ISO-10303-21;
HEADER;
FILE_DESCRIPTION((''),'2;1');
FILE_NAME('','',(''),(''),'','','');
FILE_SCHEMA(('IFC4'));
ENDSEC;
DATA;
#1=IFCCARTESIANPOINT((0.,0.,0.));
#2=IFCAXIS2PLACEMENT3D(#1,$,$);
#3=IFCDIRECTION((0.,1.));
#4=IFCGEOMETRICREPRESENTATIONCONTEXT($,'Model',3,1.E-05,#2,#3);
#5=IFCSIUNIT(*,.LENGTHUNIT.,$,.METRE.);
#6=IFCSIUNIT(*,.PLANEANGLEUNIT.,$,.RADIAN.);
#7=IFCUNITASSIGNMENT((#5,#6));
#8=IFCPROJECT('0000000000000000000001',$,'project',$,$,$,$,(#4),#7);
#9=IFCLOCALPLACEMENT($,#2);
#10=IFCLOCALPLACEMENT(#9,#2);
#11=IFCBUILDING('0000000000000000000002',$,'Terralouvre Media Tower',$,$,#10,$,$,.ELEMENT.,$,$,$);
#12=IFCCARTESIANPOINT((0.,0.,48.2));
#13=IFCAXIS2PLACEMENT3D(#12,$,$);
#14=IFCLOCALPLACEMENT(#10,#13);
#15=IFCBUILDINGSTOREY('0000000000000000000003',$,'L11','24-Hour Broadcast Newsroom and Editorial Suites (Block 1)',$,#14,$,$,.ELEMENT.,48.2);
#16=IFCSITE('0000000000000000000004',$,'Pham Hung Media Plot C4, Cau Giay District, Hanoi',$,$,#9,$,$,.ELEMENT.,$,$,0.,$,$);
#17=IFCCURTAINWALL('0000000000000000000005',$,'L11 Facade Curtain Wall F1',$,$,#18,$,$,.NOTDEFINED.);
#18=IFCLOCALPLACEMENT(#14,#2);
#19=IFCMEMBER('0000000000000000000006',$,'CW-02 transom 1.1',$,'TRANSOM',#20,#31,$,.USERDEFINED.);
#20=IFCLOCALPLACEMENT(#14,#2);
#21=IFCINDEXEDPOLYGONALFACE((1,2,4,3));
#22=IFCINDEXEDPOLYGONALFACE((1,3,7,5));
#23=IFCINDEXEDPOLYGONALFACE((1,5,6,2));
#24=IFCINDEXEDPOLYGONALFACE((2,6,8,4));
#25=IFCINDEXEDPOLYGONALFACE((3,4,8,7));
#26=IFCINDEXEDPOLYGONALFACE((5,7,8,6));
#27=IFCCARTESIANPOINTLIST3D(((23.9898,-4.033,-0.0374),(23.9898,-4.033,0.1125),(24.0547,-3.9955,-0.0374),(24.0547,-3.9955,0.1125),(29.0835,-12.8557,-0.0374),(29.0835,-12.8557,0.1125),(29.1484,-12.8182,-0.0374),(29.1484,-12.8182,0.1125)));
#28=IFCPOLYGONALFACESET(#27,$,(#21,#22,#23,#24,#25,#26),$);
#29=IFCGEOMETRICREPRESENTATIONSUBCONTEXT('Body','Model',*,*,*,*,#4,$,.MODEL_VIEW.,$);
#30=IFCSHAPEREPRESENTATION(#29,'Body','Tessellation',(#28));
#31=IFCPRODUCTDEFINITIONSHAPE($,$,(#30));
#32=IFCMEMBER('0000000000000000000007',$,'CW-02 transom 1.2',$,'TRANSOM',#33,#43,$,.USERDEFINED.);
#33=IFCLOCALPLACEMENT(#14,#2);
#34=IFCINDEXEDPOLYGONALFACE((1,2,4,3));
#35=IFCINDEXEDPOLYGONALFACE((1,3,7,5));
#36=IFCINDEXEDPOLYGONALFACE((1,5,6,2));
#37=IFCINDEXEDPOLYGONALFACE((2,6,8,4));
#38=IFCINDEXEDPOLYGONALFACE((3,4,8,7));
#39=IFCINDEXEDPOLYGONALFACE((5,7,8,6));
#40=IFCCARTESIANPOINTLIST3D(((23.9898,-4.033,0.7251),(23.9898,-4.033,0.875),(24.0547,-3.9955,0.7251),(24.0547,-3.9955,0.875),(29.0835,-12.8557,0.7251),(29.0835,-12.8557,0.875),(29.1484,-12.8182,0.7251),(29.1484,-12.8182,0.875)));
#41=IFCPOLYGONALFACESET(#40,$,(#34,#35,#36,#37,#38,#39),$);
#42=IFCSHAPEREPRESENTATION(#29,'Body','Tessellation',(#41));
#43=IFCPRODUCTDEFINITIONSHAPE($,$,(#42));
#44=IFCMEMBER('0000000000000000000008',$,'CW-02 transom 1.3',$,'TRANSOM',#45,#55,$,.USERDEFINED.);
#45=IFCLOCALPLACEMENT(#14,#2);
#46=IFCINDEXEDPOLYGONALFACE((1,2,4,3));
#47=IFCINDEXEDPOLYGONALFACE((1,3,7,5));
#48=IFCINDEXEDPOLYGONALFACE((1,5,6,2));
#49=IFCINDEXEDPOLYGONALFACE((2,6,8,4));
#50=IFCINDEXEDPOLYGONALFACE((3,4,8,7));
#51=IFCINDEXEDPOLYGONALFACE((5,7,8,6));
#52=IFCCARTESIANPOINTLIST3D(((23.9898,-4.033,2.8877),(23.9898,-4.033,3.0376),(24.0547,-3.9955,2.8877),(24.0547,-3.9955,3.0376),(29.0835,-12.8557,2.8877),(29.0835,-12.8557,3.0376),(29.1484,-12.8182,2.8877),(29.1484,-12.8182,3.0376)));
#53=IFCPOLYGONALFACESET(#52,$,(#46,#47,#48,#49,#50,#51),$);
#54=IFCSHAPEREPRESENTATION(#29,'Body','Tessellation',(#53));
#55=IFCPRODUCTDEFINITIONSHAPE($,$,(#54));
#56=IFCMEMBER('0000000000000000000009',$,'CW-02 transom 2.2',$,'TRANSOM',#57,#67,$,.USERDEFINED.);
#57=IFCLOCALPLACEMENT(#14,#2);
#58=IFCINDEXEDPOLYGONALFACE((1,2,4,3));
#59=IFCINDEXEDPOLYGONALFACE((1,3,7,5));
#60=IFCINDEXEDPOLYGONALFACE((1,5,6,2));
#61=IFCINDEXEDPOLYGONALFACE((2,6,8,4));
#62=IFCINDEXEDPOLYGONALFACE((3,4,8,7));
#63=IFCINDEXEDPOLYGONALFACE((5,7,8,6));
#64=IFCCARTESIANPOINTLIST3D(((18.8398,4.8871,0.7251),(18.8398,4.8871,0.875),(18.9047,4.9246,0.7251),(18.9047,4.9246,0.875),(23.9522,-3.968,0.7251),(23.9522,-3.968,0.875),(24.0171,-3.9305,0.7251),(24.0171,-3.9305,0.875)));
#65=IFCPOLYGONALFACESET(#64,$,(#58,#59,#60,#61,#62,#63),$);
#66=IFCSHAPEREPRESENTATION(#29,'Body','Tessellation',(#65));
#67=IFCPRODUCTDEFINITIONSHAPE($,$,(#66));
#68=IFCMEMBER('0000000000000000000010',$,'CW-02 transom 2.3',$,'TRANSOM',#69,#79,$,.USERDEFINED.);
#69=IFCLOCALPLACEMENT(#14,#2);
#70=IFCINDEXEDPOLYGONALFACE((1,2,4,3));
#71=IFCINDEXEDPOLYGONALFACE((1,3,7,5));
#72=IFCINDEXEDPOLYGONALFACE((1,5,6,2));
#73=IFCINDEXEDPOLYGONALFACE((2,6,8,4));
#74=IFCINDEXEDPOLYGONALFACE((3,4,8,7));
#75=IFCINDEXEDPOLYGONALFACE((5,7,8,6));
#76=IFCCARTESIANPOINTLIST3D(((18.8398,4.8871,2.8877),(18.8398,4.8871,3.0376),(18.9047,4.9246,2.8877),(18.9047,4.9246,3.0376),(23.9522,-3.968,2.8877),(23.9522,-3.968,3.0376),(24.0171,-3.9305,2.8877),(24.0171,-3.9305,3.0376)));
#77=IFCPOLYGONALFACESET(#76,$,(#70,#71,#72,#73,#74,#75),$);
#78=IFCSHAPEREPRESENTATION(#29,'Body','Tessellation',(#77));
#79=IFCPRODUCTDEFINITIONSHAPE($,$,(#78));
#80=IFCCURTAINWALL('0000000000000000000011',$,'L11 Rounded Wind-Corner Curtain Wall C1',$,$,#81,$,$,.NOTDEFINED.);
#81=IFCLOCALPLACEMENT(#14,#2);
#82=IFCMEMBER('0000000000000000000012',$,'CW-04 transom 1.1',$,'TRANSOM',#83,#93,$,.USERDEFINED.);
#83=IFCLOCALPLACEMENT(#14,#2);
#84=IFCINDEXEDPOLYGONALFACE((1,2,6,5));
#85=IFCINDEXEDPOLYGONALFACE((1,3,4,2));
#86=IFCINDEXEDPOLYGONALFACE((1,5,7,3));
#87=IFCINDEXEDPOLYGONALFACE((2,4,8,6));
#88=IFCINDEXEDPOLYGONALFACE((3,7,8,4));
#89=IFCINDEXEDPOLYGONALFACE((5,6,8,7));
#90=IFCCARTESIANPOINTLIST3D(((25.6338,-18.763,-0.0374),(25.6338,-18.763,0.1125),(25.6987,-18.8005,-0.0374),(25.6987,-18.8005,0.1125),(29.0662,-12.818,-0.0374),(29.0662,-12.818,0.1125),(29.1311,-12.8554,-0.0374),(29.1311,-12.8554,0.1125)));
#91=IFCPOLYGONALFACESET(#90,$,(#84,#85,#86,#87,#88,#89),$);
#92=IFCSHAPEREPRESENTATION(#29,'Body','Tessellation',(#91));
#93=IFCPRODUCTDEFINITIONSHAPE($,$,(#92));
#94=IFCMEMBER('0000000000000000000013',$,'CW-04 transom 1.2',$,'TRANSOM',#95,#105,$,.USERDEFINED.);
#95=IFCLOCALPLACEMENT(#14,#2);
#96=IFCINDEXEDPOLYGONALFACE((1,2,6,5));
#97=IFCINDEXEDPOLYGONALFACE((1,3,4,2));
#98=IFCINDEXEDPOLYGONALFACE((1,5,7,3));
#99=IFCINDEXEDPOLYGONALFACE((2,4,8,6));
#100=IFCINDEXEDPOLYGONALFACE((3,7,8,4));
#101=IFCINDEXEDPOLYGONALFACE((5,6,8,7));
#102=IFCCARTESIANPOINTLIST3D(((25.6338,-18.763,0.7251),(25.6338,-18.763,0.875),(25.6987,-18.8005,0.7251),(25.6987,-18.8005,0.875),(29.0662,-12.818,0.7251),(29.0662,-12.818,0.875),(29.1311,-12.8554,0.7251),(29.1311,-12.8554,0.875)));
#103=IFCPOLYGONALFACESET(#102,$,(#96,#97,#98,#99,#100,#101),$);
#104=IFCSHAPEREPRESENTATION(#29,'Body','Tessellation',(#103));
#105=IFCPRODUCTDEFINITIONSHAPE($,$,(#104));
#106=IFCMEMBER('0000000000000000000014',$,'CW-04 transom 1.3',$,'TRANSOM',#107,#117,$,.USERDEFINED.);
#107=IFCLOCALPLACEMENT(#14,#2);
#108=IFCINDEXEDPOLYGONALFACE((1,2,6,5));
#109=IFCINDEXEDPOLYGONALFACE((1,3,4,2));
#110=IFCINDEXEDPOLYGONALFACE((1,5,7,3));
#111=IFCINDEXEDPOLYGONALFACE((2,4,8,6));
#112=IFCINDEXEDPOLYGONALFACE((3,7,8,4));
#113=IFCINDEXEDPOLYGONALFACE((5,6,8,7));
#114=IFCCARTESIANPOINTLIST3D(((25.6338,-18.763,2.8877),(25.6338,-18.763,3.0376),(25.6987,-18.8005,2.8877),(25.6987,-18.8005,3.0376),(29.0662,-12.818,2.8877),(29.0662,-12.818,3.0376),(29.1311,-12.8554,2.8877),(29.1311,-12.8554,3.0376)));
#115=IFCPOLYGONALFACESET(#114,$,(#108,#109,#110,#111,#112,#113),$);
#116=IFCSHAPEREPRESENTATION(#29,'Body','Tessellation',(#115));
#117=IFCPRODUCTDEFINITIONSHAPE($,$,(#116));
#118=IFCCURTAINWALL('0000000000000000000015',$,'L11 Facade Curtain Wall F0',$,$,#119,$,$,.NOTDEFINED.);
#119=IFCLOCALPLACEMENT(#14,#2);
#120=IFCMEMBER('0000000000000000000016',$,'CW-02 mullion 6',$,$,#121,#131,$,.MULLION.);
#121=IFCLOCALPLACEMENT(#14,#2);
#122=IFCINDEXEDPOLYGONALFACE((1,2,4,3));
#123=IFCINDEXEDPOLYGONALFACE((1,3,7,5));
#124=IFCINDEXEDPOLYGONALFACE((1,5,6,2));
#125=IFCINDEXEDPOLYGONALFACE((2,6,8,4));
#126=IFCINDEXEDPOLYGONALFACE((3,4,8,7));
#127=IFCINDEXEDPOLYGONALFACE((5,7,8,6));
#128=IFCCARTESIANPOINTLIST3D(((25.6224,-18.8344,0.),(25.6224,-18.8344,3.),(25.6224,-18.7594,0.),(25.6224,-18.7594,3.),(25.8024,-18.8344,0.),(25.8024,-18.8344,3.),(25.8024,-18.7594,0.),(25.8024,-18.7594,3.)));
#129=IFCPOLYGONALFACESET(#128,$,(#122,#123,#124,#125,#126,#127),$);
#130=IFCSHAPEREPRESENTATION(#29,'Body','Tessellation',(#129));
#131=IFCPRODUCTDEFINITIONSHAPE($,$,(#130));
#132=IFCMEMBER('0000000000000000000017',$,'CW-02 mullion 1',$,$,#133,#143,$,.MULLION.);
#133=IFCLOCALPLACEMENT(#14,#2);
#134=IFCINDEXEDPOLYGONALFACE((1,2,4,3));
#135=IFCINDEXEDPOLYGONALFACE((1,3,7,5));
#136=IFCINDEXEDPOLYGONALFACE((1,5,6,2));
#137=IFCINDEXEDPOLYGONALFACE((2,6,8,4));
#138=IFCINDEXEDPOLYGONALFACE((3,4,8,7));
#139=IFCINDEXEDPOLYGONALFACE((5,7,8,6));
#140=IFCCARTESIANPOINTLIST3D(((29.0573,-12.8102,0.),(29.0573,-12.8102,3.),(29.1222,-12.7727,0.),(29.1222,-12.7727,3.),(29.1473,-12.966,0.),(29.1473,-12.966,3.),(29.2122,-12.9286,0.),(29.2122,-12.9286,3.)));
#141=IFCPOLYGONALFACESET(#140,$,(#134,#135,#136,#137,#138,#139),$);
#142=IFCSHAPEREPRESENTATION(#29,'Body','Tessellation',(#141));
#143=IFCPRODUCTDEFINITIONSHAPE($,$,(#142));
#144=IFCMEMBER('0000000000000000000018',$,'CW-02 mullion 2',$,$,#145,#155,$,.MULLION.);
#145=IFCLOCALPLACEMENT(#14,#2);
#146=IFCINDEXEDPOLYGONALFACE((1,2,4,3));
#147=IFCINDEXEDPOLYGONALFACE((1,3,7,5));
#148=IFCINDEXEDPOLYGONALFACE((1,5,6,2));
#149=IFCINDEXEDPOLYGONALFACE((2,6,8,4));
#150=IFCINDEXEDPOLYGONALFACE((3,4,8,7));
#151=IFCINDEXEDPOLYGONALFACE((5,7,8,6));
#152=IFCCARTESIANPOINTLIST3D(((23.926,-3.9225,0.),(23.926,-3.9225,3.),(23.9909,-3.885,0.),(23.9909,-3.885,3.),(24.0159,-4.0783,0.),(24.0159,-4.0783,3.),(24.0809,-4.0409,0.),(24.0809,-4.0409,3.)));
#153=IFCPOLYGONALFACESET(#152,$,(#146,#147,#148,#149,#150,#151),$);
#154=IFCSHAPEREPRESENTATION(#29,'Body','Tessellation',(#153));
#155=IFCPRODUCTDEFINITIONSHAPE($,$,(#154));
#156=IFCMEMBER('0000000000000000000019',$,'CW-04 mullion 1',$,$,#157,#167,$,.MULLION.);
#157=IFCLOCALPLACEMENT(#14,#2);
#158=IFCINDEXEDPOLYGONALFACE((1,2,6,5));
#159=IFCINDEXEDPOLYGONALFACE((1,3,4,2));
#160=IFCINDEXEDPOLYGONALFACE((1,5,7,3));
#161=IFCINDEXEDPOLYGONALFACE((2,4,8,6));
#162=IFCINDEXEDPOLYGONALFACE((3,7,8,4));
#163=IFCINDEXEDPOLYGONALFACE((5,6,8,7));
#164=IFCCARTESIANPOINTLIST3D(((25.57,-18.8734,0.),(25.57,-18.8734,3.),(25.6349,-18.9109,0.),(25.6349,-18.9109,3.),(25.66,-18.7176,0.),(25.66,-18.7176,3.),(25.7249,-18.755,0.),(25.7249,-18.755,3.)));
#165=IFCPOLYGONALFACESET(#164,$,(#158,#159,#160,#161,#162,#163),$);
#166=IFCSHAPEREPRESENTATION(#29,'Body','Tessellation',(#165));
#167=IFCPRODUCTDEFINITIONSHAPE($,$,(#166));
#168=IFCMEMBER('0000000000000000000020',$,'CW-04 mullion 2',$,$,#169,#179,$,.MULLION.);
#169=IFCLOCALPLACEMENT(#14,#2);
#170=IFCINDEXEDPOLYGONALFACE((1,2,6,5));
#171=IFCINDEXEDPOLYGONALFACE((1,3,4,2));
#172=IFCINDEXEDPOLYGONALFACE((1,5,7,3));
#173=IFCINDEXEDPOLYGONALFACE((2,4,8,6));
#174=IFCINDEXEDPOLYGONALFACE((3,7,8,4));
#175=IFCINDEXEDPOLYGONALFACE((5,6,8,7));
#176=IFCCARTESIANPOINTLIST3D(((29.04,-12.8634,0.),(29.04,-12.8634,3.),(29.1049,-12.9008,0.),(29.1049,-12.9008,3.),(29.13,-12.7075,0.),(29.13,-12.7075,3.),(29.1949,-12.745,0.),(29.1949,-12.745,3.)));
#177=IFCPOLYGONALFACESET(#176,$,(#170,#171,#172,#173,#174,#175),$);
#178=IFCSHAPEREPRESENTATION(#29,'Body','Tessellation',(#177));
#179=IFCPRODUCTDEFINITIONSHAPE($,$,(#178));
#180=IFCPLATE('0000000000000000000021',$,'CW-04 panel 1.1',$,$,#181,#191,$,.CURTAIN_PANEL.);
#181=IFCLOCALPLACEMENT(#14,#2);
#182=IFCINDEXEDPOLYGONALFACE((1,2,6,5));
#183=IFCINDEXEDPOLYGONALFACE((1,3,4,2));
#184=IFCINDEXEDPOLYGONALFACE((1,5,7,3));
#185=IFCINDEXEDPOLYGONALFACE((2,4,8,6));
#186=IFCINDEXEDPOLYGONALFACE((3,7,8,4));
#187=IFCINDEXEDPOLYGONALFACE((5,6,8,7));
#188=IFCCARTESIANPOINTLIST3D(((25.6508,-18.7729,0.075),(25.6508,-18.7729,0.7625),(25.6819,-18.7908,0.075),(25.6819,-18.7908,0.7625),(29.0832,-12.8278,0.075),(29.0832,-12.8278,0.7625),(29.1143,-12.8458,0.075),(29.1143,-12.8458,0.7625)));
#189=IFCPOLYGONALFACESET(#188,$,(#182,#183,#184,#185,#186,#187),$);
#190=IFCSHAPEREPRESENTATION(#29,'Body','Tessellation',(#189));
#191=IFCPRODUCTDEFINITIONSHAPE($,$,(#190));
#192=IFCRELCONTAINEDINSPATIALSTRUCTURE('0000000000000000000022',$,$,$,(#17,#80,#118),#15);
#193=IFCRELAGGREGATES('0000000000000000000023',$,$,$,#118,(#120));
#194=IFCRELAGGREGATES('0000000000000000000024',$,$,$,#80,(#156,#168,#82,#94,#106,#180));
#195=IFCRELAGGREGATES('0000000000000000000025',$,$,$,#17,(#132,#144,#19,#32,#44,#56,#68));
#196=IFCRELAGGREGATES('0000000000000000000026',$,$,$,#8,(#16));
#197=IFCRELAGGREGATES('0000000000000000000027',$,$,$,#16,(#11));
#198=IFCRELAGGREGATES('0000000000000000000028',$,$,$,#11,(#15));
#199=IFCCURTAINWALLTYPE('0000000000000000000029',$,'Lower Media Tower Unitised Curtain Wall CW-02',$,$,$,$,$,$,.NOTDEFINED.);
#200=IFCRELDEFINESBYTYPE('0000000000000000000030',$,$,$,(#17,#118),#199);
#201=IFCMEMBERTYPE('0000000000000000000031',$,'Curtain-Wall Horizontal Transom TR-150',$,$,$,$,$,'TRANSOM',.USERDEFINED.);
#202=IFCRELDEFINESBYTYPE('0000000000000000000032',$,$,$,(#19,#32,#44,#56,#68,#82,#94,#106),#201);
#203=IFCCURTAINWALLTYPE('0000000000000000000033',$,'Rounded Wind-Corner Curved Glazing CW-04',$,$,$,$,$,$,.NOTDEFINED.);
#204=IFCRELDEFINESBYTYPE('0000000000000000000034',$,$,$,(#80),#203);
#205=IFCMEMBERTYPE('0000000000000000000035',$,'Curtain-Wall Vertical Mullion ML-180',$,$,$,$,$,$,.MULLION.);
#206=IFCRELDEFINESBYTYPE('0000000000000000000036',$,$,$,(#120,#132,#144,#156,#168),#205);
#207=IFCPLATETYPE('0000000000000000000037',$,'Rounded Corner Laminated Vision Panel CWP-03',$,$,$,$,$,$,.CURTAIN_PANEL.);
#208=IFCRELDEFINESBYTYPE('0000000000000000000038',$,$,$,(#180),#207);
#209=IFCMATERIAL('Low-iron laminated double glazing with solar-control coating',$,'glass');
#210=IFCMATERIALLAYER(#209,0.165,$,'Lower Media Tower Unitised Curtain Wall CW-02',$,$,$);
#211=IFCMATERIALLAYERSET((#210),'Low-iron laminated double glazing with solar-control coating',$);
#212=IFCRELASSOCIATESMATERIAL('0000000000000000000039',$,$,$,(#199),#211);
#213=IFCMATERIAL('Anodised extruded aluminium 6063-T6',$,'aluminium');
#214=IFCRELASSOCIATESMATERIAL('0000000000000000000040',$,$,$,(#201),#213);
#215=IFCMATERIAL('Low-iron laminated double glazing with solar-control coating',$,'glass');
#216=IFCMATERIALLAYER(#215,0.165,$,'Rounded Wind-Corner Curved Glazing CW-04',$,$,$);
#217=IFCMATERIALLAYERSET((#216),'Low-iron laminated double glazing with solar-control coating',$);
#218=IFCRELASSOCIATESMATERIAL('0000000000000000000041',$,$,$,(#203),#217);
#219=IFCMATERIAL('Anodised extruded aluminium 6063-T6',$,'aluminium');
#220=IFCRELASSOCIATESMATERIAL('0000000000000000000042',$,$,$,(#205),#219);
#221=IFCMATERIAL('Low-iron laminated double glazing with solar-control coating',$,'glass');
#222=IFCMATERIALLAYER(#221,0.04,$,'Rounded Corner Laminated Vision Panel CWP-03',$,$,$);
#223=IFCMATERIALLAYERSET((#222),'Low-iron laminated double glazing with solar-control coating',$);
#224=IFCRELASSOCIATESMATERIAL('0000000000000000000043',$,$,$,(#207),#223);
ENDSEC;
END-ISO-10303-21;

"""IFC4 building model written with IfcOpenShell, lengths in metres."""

from ifc_helpers import new_model, si_unit, direction, frame, origin, origin_2d, place, context, subcontext, project, spatial, rectangle, extrude, material, layer, layer_set, material_profile, profile_set, type_object, element, aggregate, save


model = new_model("IFC4")

# Units and contexts
model_context = context("Model", 3, precision=1e-05, world=origin(), true_north=direction((0.0, 1.0)))
body_context = subcontext(model_context, "Body", "Model", "MODEL_VIEW")
ifc_project = project(units=[si_unit("LENGTHUNIT", "METRE"), si_unit("PLANEANGLEUNIT", "RADIAN")], contexts=[model_context])

# Site, building, storey
site_placement = place(None, origin())
site = spatial("IfcSite", under=ifc_project, at=site_placement, Name="Pham Hung Media Plot C4, Cau Giay District, Hanoi", CompositionType="ELEMENT", RefElevation=0.0)
building_placement = place(site_placement, origin())
building = spatial("IfcBuilding", under=site, at=building_placement, Name="Terralouvre Media Tower", CompositionType="ELEMENT")
storey_placement = place(building_placement, frame((0.0, 0.0, 48.2)))
storey = spatial("IfcBuildingStorey", under=building, at=storey_placement, Name="L11", Description="24-Hour Broadcast Newsroom and Editorial Suites (Block 1)", CompositionType="ELEMENT", Elevation=48.2)

# Curtain walls, members
ifc_material_1 = material(Name="Low-iron laminated double glazing with solar-control coating", Category="glass")
ifc_layer_1 = layer(ifc_material_1, 0.165, Name="Lower Media Tower Unitised Curtain Wall CW-02")
ifc_layer_set_1 = layer_set([ifc_layer_1], Name="Low-iron laminated double glazing with solar-control coating")
curtain_wall_type_1 = type_object("IfcCurtainWallType", Name="Lower Media Tower Unitised Curtain Wall CW-02", PredefinedType="NOTDEFINED", material=ifc_layer_set_1)
curtain_wall_1_placement = place(storey_placement, origin())
curtain_wall_1 = element("IfcCurtainWall", 1, at=curtain_wall_1_placement, inside=storey, type_object=curtain_wall_type_1, Name="L11 Facade Curtain Wall F1", PredefinedType="NOTDEFINED")
ifc_material_2 = material(Name="Anodised extruded aluminium 6063-T6", Category="aluminium")
ifc_material_profile_1 = material_profile(ifc_material_2, rectangle(XDim=0.075, YDim=0.1499, at=origin_2d()), Name="ALU 75x150")
ifc_profile_set_1 = profile_set([ifc_material_profile_1], Name="Anodised extruded aluminium 6063-T6")
member_type_1 = type_object("IfcMemberType", Name="Curtain-Wall Horizontal Transom TR-150", ElementType="TRANSOM", PredefinedType="USERDEFINED", material=ifc_profile_set_1)
member_1_placement = place(storey_placement, frame((29.116, -12.8369, 0.0376), z_axis=(-0.499995, 0.866028, 0.0), x_axis=(-0.866028, -0.499995, 0.0)))
member_1 = element("IfcMember", 2, at=member_1_placement, type_object=member_type_1, Name="CW-02 transom 1.1", ObjectType="TRANSOM", PredefinedType="USERDEFINED", context=body_context, shape_type="SweptSolid", body=[
    extrude(rectangle(XDim=0.075, YDim=0.1499, at=origin_2d()), origin(), (0.0, 0.0, 1.0), 10.1875),
])
member_2_placement = place(storey_placement, frame((29.116, -12.8369, 0.8), z_axis=(-0.499995, 0.866028, 0.0), x_axis=(-0.866028, -0.499995, 0.0)))
member_2 = element("IfcMember", 3, at=member_2_placement, type_object=member_type_1, Name="CW-02 transom 1.2", ObjectType="TRANSOM", PredefinedType="USERDEFINED", context=body_context, shape_type="SweptSolid", body=[
    extrude(rectangle(XDim=0.075, YDim=0.1499, at=origin_2d()), origin(), (0.0, 0.0, 1.0), 10.1875),
])
member_3_placement = place(storey_placement, frame((29.116, -12.8369, 2.9626), z_axis=(-0.499995, 0.866028, 0.0), x_axis=(-0.866028, -0.499995, 0.0)))
member_3 = element("IfcMember", 4, at=member_3_placement, type_object=member_type_1, Name="CW-02 transom 1.3", ObjectType="TRANSOM", PredefinedType="USERDEFINED", context=body_context, shape_type="SweptSolid", body=[
    extrude(rectangle(XDim=0.075, YDim=0.1499, at=origin_2d()), origin(), (0.0, 0.0, 1.0), 10.1875),
])
member_4_placement = place(storey_placement, frame((23.9846, -3.9492, 0.8), z_axis=(-0.499991, 0.866031, 0.0), x_axis=(-0.866031, -0.499991, 0.0)))
member_4 = element("IfcMember", 5, at=member_4_placement, type_object=member_type_1, Name="CW-02 transom 2.2", ObjectType="TRANSOM", PredefinedType="USERDEFINED", context=body_context, shape_type="SweptSolid", body=[
    extrude(rectangle(XDim=0.075, YDim=0.1499, at=origin_2d()), origin(), (0.0, 0.0, 1.0), 10.2249),
])
member_5_placement = place(storey_placement, frame((23.9846, -3.9492, 2.9626), z_axis=(-0.499991, 0.866031, 0.0), x_axis=(-0.866031, -0.499991, 0.0)))
member_5 = element("IfcMember", 6, at=member_5_placement, type_object=member_type_1, Name="CW-02 transom 2.3", ObjectType="TRANSOM", PredefinedType="USERDEFINED", context=body_context, shape_type="SweptSolid", body=[
    extrude(rectangle(XDim=0.075, YDim=0.1499, at=origin_2d()), origin(), (0.0, 0.0, 1.0), 10.2249),
])
ifc_material_3 = material(Name="Low-iron laminated double glazing with solar-control coating", Category="glass")
ifc_layer_2 = layer(ifc_material_3, 0.165, Name="Rounded Wind-Corner Curved Glazing CW-04")
ifc_layer_set_2 = layer_set([ifc_layer_2], Name="Low-iron laminated double glazing with solar-control coating")
curtain_wall_type_2 = type_object("IfcCurtainWallType", Name="Rounded Wind-Corner Curved Glazing CW-04", PredefinedType="NOTDEFINED", material=ifc_layer_set_2)
curtain_wall_2_placement = place(storey_placement, origin())
curtain_wall_2 = element("IfcCurtainWall", 7, at=curtain_wall_2_placement, inside=storey, type_object=curtain_wall_type_2, Name="L11 Rounded Wind-Corner Curtain Wall C1", PredefinedType="NOTDEFINED")
member_6_placement = place(storey_placement, frame((25.6663, -18.7817, 0.0376), z_axis=(0.499998, 0.866026, 0.0), x_axis=(-0.866026, 0.499998, 0.0)))
member_6 = element("IfcMember", 8, at=member_6_placement, type_object=member_type_1, Name="CW-04 transom 1.1", ObjectType="TRANSOM", PredefinedType="USERDEFINED", context=body_context, shape_type="SweptSolid", body=[
    extrude(rectangle(XDim=0.075, YDim=0.1499, at=origin_2d()), origin(), (0.0, 0.0, 1.0), 6.8647),
])
member_7_placement = place(storey_placement, frame((25.6663, -18.7817, 0.8), z_axis=(0.499998, 0.866026, 0.0), x_axis=(-0.866026, 0.499998, 0.0)))
member_7 = element("IfcMember", 9, at=member_7_placement, type_object=member_type_1, Name="CW-04 transom 1.2", ObjectType="TRANSOM", PredefinedType="USERDEFINED", context=body_context, shape_type="SweptSolid", body=[
    extrude(rectangle(XDim=0.075, YDim=0.1499, at=origin_2d()), origin(), (0.0, 0.0, 1.0), 6.8647),
])
member_8_placement = place(storey_placement, frame((25.6663, -18.7817, 2.9626), z_axis=(0.499998, 0.866026, 0.0), x_axis=(-0.866026, 0.499998, 0.0)))
member_8 = element("IfcMember", 10, at=member_8_placement, type_object=member_type_1, Name="CW-04 transom 1.3", ObjectType="TRANSOM", PredefinedType="USERDEFINED", context=body_context, shape_type="SweptSolid", body=[
    extrude(rectangle(XDim=0.075, YDim=0.1499, at=origin_2d()), origin(), (0.0, 0.0, 1.0), 6.8647),
])

# Curtain wall, member
curtain_wall_3_placement = place(storey_placement, origin())
curtain_wall_3 = element("IfcCurtainWall", 11, at=curtain_wall_3_placement, inside=storey, type_object=curtain_wall_type_1, Name="L11 Facade Curtain Wall F0", PredefinedType="NOTDEFINED")
ifc_material_4 = material(Name="Anodised extruded aluminium 6063-T6", Category="aluminium")
ifc_material_profile_2 = material_profile(ifc_material_4, rectangle(XDim=0.075, YDim=0.1799, at=origin_2d()), Name="ALU 75x180")
ifc_profile_set_2 = profile_set([ifc_material_profile_2], Name="Anodised extruded aluminium 6063-T6")
member_type_2 = type_object("IfcMemberType", Name="Curtain-Wall Vertical Mullion ML-180", PredefinedType="MULLION", material=ifc_profile_set_2)
member_9_placement = place(storey_placement, frame((25.7124, -18.7969, 0.0), z_axis=(0.0, 0.0, 1.0), x_axis=(0.0, 1.0, 0.0)))
member_9 = element("IfcMember", 12, at=member_9_placement, type_object=member_type_2, Name="CW-02 mullion 6", PredefinedType="MULLION", context=body_context, shape_type="SweptSolid", body=[
    extrude(rectangle(XDim=0.075, YDim=0.1799, at=origin_2d()), origin(), (0.0, 0.0, 1.0), 3.0),
])
aggregate(curtain_wall_3, [member_9])

# Members
member_10_placement = place(storey_placement, frame((29.1348, -12.8694, 0.0), z_axis=(0.0, 0.0, 1.0), x_axis=(-0.866025, -0.5, 0.0)))
member_10 = element("IfcMember", 13, at=member_10_placement, type_object=member_type_2, Name="CW-02 mullion 1", PredefinedType="MULLION", context=body_context, shape_type="SweptSolid", body=[
    extrude(rectangle(XDim=0.075, YDim=0.1799, at=origin_2d()), origin(), (0.0, 0.0, 1.0), 3.0),
])
member_11_placement = place(storey_placement, frame((24.0034, -3.9817, 0.0), z_axis=(0.0, 0.0, 1.0), x_axis=(-0.866025, -0.5, 0.0)))
member_11 = element("IfcMember", 14, at=member_11_placement, type_object=member_type_2, Name="CW-02 mullion 2", PredefinedType="MULLION", context=body_context, shape_type="SweptSolid", body=[
    extrude(rectangle(XDim=0.075, YDim=0.1799, at=origin_2d()), origin(), (0.0, 0.0, 1.0), 3.0),
])
member_12_placement = place(storey_placement, frame((25.6475, -18.8142, 0.0), z_axis=(0.0, 0.0, 1.0), x_axis=(-0.866026, 0.5, 0.0)))
member_12 = element("IfcMember", 15, at=member_12_placement, type_object=member_type_2, Name="CW-04 mullion 1", PredefinedType="MULLION", context=body_context, shape_type="SweptSolid", body=[
    extrude(rectangle(XDim=0.075, YDim=0.1799, at=origin_2d()), origin(), (0.0, 0.0, 1.0), 3.0),
])
member_13_placement = place(storey_placement, frame((29.1174, -12.8042, 0.0), z_axis=(0.0, 0.0, 1.0), x_axis=(-0.866026, 0.5, 0.0)))
member_13 = element("IfcMember", 16, at=member_13_placement, type_object=member_type_2, Name="CW-04 mullion 2", PredefinedType="MULLION", context=body_context, shape_type="SweptSolid", body=[
    extrude(rectangle(XDim=0.075, YDim=0.1799, at=origin_2d()), origin(), (0.0, 0.0, 1.0), 3.0),
])

# Plate
ifc_material_5 = material(Name="Low-iron laminated double glazing with solar-control coating", Category="glass")
ifc_layer_3 = layer(ifc_material_5, 0.04, Name="Rounded Corner Laminated Vision Panel CWP-03")
ifc_layer_set_3 = layer_set([ifc_layer_3], Name="Low-iron laminated double glazing with solar-control coating")
plate_type_1 = type_object("IfcPlateType", Name="Rounded Corner Laminated Vision Panel CWP-03", PredefinedType="CURTAIN_PANEL", material=ifc_layer_set_3)
plate_1_placement = place(storey_placement, frame((27.3826, -15.8093, 0.075), z_axis=(0.0, 0.0, 1.0), x_axis=(0.5, 0.866026, 0.0)))
plate_1 = element("IfcPlate", 17, at=plate_1_placement, type_object=plate_type_1, Name="CW-04 panel 1.1", PredefinedType="CURTAIN_PANEL", context=body_context, shape_type="SweptSolid", body=[
    extrude(rectangle(XDim=6.8647, YDim=0.0359, at=origin_2d()), origin(), (0.0, 0.0, 1.0), 0.6875),
])
aggregate(curtain_wall_2, [member_12, member_13, member_6, member_7, member_8, plate_1])
aggregate(curtain_wall_1, [member_10, member_11, member_1, member_2, member_3, member_4, member_5])

save(model, "model.ifc")
